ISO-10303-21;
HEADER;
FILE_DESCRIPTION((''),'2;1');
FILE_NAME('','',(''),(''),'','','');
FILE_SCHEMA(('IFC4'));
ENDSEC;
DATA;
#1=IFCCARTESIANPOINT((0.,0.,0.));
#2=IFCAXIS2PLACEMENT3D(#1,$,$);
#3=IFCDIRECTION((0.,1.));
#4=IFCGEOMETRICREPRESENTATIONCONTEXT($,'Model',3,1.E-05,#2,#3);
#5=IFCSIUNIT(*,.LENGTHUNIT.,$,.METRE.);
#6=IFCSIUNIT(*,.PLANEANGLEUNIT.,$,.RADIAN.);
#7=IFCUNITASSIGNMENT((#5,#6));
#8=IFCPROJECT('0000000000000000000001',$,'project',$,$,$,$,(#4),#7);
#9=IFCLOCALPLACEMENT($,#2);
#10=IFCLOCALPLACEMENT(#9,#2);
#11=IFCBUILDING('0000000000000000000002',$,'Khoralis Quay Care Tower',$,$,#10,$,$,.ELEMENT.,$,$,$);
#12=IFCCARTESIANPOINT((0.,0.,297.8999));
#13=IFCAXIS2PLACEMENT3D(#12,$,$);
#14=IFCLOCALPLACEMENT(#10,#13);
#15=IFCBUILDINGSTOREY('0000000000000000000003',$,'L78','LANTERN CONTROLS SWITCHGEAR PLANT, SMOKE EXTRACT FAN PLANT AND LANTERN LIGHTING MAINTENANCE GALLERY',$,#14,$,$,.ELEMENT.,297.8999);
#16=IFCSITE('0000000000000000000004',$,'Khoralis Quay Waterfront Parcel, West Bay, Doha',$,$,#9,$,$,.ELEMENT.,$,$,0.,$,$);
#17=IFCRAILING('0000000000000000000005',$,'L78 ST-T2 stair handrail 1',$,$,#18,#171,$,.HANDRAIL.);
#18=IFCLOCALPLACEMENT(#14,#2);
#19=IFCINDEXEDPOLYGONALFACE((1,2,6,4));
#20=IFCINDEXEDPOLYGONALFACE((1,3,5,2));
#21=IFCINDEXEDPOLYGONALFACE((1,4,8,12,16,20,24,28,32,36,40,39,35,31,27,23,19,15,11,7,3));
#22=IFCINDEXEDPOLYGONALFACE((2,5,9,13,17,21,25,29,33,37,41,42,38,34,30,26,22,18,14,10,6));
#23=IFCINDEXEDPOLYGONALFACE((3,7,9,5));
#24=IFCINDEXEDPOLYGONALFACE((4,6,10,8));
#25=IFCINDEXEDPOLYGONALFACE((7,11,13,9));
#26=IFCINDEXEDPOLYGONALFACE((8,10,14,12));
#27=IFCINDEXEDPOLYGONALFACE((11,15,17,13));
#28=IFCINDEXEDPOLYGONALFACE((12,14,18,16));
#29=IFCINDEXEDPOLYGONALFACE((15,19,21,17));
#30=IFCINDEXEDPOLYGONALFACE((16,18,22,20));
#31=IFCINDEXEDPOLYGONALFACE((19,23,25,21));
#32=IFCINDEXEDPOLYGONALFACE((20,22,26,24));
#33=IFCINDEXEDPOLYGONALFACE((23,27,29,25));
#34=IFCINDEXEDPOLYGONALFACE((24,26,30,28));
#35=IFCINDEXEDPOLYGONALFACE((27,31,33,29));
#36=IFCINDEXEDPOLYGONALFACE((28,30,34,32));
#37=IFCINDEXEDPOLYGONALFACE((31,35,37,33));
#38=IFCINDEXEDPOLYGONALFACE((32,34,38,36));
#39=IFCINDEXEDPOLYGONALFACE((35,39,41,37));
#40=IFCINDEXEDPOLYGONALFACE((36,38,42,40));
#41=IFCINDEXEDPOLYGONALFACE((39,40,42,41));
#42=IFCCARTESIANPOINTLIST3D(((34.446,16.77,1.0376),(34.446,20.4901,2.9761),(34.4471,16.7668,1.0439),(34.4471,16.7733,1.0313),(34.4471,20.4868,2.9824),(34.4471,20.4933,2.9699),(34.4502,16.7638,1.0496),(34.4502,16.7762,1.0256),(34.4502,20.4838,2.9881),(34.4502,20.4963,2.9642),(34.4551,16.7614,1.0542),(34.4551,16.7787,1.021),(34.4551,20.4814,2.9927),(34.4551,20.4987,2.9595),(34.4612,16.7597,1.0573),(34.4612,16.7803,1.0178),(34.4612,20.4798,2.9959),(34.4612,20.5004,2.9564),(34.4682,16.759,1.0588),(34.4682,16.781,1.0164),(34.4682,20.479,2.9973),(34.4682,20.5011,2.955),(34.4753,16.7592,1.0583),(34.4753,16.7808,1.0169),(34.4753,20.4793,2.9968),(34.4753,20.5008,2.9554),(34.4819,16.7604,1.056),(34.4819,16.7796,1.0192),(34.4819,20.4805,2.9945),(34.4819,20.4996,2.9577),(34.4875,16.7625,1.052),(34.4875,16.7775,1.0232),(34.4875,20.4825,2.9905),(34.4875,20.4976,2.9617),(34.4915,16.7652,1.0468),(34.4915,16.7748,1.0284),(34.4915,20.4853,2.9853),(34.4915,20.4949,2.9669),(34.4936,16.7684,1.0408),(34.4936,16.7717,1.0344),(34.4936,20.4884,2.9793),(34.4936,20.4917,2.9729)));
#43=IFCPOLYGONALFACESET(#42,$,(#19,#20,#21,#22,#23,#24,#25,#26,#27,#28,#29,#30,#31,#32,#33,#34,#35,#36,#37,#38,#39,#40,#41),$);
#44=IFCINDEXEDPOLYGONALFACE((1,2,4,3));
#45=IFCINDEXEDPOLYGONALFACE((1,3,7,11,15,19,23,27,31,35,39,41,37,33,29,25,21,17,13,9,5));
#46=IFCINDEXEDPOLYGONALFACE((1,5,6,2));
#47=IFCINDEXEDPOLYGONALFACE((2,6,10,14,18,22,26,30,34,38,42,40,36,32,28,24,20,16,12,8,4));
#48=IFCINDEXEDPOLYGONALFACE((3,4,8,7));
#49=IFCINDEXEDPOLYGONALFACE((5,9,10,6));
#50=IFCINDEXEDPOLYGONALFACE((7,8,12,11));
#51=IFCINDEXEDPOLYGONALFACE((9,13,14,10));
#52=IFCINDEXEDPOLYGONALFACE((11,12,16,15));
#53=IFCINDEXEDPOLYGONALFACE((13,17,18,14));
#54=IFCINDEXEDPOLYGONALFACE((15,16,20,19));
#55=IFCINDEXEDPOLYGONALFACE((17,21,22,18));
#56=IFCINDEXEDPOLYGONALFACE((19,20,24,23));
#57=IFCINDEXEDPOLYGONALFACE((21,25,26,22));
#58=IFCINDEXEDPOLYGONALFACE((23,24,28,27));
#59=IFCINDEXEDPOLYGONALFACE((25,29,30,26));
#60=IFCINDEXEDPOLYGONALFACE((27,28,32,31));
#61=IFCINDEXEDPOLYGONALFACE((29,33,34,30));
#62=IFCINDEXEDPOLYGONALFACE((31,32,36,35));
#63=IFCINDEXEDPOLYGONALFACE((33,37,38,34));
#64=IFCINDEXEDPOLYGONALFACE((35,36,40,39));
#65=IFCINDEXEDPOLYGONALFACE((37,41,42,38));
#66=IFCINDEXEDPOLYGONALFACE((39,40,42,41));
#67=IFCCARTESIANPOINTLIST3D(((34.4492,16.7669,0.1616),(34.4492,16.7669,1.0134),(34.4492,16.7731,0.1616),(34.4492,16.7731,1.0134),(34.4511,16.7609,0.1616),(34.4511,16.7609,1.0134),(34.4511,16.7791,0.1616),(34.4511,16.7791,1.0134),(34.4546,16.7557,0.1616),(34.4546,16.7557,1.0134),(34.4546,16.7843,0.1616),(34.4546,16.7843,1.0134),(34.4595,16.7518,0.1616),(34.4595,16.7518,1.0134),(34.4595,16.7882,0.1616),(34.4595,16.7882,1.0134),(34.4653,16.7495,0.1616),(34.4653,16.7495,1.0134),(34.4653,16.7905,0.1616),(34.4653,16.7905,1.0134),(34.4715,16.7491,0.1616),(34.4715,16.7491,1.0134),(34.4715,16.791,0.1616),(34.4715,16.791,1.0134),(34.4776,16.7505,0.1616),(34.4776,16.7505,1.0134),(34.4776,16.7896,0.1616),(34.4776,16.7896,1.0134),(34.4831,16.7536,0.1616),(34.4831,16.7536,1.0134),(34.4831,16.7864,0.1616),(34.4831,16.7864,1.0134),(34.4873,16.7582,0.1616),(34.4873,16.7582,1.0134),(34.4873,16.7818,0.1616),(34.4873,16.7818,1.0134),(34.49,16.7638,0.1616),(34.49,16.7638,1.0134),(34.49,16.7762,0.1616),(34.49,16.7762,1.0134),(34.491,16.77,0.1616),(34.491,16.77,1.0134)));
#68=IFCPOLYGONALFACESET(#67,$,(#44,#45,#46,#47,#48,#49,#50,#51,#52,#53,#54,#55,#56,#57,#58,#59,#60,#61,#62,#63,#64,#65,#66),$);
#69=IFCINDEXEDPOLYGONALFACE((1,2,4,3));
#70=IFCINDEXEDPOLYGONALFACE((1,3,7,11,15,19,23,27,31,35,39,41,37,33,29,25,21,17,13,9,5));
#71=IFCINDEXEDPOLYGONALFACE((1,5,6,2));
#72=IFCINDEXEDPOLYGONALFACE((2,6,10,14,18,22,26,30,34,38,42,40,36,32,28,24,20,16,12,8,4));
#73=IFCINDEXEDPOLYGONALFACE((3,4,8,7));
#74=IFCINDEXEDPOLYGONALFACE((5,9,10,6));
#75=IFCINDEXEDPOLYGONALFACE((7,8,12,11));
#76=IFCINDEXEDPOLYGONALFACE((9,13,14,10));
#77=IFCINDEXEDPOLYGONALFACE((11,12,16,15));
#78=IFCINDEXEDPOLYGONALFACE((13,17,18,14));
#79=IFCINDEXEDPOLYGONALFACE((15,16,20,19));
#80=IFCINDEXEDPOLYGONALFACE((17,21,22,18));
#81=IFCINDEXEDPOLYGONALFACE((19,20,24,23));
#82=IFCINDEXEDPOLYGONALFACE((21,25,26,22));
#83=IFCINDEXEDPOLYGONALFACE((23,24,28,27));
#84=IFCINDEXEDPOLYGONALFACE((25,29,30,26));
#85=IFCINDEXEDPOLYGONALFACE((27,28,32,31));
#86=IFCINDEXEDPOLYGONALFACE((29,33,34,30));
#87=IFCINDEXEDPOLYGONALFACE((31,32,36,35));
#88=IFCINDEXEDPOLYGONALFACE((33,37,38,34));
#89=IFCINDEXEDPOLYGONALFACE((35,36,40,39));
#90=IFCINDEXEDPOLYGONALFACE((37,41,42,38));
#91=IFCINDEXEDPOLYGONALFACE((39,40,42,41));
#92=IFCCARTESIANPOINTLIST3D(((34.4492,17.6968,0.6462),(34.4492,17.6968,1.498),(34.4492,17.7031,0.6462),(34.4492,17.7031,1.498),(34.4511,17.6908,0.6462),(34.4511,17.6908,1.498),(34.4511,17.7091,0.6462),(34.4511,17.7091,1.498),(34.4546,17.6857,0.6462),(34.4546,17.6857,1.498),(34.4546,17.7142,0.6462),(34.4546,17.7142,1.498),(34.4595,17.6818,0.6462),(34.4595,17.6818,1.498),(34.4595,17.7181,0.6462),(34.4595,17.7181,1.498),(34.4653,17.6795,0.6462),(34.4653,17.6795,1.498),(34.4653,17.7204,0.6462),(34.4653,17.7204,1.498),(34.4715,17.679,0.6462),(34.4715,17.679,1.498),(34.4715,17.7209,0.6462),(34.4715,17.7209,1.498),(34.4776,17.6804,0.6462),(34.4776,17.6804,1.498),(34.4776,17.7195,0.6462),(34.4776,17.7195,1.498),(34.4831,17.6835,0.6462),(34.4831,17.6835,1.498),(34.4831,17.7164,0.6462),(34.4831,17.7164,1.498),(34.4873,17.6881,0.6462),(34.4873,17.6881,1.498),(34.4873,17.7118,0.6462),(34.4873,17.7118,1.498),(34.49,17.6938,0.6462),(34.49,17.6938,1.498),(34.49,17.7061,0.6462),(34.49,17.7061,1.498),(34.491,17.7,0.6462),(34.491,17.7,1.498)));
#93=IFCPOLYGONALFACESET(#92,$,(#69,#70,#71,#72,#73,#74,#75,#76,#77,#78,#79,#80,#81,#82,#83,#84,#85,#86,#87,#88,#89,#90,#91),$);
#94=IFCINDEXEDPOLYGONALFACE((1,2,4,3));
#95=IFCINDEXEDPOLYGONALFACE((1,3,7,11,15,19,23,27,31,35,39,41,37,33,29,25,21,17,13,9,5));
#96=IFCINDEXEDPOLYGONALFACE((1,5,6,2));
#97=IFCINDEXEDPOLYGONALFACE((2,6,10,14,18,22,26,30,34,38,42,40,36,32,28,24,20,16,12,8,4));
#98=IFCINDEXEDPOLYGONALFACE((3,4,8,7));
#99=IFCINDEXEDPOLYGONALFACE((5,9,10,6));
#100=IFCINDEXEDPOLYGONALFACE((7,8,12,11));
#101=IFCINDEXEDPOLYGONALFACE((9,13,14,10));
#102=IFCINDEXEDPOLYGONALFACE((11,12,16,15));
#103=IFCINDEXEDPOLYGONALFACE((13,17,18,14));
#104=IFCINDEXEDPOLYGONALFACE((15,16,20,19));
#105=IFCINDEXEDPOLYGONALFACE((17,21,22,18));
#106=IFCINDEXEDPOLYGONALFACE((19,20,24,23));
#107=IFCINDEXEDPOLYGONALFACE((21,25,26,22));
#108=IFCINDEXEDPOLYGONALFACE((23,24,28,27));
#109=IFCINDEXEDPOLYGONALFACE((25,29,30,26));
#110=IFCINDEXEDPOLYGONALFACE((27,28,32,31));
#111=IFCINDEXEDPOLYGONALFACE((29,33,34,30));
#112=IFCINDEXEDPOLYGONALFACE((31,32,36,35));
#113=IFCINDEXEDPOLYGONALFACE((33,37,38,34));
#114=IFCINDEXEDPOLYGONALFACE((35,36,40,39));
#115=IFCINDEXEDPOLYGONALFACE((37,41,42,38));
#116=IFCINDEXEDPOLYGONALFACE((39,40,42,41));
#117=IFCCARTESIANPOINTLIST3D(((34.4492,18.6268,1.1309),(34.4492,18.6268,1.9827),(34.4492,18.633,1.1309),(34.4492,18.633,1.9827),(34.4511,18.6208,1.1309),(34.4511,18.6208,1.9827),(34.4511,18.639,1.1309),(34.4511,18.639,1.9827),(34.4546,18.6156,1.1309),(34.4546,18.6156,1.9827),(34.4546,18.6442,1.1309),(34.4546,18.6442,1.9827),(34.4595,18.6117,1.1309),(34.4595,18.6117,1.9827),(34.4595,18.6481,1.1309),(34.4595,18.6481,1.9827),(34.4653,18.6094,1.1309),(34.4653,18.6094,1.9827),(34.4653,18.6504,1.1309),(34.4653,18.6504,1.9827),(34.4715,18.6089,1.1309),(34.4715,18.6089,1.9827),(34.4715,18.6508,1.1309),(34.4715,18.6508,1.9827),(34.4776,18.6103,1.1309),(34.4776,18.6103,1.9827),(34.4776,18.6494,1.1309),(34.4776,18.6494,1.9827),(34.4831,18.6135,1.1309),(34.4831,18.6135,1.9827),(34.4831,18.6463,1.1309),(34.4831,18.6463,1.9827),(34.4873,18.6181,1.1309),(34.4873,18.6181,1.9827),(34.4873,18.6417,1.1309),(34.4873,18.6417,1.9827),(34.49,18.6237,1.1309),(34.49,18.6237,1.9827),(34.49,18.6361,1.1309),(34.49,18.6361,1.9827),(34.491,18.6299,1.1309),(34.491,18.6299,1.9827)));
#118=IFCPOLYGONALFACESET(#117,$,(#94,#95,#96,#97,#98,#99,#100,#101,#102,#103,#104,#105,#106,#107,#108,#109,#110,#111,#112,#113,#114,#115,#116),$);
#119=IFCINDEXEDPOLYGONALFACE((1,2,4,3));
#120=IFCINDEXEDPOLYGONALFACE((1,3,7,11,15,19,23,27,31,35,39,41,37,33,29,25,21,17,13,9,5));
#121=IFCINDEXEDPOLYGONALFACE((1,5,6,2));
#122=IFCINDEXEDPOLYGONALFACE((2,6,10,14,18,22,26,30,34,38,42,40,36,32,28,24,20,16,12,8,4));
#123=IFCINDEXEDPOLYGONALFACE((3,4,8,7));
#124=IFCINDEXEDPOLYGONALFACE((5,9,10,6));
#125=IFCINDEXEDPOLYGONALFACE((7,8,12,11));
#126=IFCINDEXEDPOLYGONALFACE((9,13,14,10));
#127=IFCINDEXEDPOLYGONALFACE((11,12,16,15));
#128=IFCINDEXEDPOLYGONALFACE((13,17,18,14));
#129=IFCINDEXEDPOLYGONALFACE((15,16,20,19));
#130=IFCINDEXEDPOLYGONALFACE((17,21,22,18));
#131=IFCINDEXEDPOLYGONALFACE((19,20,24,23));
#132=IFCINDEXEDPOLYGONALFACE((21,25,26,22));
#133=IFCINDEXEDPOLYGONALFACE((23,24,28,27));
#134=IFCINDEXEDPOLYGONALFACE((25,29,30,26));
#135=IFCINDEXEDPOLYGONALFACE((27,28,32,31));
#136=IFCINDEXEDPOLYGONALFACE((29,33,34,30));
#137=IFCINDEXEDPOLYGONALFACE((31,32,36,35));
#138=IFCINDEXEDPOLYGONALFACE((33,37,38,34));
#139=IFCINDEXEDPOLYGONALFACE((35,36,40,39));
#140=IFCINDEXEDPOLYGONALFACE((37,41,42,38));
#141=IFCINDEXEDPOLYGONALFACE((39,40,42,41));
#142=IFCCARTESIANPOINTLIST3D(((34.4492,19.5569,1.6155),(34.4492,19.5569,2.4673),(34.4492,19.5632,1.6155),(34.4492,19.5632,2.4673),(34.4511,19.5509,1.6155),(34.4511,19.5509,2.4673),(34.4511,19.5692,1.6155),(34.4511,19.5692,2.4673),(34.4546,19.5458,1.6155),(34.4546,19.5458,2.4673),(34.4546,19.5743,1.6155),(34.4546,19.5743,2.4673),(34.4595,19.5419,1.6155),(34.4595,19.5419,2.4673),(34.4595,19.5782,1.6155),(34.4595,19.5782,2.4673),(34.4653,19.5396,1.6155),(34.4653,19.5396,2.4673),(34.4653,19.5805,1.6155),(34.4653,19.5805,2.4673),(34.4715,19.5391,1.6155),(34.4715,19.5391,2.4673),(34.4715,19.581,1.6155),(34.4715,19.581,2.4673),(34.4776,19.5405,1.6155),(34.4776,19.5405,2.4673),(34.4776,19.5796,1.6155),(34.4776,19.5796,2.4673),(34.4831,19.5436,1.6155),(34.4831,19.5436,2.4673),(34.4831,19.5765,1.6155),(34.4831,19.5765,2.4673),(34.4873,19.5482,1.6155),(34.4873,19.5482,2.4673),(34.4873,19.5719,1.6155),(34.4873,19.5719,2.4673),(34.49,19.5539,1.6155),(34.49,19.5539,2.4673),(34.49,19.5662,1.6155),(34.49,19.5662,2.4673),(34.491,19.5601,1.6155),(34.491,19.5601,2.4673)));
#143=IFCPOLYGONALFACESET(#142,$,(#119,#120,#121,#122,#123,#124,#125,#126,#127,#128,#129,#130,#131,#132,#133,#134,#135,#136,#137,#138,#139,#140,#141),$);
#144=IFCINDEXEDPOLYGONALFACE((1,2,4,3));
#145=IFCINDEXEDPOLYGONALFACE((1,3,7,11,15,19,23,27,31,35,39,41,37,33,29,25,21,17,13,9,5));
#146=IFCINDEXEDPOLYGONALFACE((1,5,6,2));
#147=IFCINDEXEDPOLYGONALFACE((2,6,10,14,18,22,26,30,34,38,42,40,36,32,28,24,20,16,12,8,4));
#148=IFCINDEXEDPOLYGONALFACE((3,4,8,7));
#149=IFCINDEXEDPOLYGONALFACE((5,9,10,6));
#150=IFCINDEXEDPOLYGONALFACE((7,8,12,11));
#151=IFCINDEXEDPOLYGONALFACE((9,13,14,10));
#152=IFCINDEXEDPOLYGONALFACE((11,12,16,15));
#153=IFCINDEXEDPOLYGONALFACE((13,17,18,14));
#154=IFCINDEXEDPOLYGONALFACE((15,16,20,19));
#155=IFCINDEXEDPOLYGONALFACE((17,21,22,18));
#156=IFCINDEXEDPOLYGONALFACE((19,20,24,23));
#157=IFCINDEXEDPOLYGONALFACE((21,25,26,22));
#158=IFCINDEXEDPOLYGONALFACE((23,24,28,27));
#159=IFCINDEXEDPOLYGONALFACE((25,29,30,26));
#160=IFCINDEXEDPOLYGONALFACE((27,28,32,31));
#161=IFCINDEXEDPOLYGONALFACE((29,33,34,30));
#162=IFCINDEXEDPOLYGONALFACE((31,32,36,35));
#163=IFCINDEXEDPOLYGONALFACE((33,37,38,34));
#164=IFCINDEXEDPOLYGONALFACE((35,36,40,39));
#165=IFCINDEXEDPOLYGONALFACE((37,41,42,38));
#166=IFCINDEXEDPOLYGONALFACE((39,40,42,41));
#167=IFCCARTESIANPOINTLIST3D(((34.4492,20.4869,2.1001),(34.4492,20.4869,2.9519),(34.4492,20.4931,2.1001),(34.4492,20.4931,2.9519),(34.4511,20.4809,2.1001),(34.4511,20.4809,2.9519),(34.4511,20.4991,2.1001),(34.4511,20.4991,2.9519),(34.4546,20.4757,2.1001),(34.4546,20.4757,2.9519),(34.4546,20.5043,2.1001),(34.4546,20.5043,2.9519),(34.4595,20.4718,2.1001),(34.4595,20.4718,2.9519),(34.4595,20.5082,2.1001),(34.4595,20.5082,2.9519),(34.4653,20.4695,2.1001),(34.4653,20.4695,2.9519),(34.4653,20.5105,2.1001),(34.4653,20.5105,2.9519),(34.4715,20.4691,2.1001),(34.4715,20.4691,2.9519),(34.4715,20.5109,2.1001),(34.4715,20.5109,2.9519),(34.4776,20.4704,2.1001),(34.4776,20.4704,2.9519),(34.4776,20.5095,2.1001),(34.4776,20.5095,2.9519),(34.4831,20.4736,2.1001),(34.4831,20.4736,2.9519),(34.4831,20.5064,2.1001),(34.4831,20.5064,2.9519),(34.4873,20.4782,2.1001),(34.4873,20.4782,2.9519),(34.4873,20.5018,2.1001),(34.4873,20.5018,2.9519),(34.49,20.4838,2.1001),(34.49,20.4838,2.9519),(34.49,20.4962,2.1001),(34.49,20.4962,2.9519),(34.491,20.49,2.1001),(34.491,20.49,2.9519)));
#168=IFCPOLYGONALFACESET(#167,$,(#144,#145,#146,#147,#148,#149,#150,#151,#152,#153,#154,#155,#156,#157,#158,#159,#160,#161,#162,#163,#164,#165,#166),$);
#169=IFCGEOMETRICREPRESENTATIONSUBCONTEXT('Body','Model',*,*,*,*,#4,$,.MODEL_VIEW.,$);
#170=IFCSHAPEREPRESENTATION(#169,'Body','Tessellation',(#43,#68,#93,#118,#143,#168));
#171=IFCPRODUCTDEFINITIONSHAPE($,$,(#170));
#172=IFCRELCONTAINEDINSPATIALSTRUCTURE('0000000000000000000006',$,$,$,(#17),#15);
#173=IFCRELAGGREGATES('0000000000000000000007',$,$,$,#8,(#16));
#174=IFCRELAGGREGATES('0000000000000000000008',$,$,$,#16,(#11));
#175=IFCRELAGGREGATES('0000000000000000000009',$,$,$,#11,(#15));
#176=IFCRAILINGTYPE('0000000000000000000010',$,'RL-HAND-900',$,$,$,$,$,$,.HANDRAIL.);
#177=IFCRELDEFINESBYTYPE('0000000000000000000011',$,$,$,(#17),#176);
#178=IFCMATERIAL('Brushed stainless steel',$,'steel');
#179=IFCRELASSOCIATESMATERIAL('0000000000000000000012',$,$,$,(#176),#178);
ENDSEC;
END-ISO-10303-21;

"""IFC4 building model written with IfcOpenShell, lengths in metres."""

from ifc_helpers import new_model, si_unit, direction, frame, origin, origin_2d, place, context, subcontext, project, spatial, circle, extrude, material, type_object, element, save


model = new_model("IFC4")

# Units and contexts
model_context = context("Model", 3, precision=1e-05, world=origin(), true_north=direction((0.0, 1.0)))
body_context = subcontext(model_context, "Body", "Model", "MODEL_VIEW")
ifc_project = project(units=[si_unit("LENGTHUNIT", "METRE"), si_unit("PLANEANGLEUNIT", "RADIAN")], contexts=[model_context])

# Site, building, storey
site_placement = place(None, origin())
site = spatial("IfcSite", under=ifc_project, at=site_placement, Name="Khoralis Quay Waterfront Parcel, West Bay, Doha", CompositionType="ELEMENT", RefElevation=0.0)
building_placement = place(site_placement, origin())
building = spatial("IfcBuilding", under=site, at=building_placement, Name="Khoralis Quay Care Tower", CompositionType="ELEMENT")
storey_placement = place(building_placement, frame((0.0, 0.0, 297.8999)))
storey = spatial("IfcBuildingStorey", under=building, at=storey_placement, Name="L78", Description="LANTERN CONTROLS SWITCHGEAR PLANT, SMOKE EXTRACT FAN PLANT AND LANTERN LIGHTING MAINTENANCE GALLERY", CompositionType="ELEMENT", Elevation=297.8999)

# Shared definitions
ifc_material_1 = material(Name="Brushed stainless steel", Category="steel")

# Railing
railing_type_1 = type_object("IfcRailingType", Name="RL-HAND-900", PredefinedType="HANDRAIL", material=ifc_material_1)
railing_1_placement = place(storey_placement, frame((34.47, 16.77, 0.1616)))
element("IfcRailing", 1, at=railing_1_placement, inside=storey, type_object=railing_type_1, Name="L78 ST-T2 stair handrail 1", PredefinedType="HANDRAIL", context=body_context, shape_type="SweptSolid", body=[
    extrude(circle(Radius=0.0239, at=origin_2d()), frame((0.0, 0.0, 0.876), z_axis=(0.0, 0.886817, 0.46212), x_axis=(-1.0, 0.0, 0.0)), (0.0, 0.0, 1.0), 4.1948),
    extrude(circle(Radius=0.021, at=origin_2d()), origin(), (0.0, 0.0, 1.0), 0.8518),
    extrude(circle(Radius=0.021, at=origin_2d()), frame((0.0, 0.9299, 0.4846)), (0.0, 0.0, 1.0), 0.8518),
    extrude(circle(Radius=0.021, at=origin_2d()), frame((0.0, 1.8599, 0.9692)), (0.0, 0.0, 1.0), 0.8518),
    extrude(circle(Radius=0.021, at=origin_2d()), frame((0.0, 2.79, 1.4539)), (0.0, 0.0, 1.0), 0.8518),
    extrude(circle(Radius=0.021, at=origin_2d()), frame((0.0, 3.72, 1.9385)), (0.0, 0.0, 1.0), 0.8518),
])

save(model, "model.ifc")
